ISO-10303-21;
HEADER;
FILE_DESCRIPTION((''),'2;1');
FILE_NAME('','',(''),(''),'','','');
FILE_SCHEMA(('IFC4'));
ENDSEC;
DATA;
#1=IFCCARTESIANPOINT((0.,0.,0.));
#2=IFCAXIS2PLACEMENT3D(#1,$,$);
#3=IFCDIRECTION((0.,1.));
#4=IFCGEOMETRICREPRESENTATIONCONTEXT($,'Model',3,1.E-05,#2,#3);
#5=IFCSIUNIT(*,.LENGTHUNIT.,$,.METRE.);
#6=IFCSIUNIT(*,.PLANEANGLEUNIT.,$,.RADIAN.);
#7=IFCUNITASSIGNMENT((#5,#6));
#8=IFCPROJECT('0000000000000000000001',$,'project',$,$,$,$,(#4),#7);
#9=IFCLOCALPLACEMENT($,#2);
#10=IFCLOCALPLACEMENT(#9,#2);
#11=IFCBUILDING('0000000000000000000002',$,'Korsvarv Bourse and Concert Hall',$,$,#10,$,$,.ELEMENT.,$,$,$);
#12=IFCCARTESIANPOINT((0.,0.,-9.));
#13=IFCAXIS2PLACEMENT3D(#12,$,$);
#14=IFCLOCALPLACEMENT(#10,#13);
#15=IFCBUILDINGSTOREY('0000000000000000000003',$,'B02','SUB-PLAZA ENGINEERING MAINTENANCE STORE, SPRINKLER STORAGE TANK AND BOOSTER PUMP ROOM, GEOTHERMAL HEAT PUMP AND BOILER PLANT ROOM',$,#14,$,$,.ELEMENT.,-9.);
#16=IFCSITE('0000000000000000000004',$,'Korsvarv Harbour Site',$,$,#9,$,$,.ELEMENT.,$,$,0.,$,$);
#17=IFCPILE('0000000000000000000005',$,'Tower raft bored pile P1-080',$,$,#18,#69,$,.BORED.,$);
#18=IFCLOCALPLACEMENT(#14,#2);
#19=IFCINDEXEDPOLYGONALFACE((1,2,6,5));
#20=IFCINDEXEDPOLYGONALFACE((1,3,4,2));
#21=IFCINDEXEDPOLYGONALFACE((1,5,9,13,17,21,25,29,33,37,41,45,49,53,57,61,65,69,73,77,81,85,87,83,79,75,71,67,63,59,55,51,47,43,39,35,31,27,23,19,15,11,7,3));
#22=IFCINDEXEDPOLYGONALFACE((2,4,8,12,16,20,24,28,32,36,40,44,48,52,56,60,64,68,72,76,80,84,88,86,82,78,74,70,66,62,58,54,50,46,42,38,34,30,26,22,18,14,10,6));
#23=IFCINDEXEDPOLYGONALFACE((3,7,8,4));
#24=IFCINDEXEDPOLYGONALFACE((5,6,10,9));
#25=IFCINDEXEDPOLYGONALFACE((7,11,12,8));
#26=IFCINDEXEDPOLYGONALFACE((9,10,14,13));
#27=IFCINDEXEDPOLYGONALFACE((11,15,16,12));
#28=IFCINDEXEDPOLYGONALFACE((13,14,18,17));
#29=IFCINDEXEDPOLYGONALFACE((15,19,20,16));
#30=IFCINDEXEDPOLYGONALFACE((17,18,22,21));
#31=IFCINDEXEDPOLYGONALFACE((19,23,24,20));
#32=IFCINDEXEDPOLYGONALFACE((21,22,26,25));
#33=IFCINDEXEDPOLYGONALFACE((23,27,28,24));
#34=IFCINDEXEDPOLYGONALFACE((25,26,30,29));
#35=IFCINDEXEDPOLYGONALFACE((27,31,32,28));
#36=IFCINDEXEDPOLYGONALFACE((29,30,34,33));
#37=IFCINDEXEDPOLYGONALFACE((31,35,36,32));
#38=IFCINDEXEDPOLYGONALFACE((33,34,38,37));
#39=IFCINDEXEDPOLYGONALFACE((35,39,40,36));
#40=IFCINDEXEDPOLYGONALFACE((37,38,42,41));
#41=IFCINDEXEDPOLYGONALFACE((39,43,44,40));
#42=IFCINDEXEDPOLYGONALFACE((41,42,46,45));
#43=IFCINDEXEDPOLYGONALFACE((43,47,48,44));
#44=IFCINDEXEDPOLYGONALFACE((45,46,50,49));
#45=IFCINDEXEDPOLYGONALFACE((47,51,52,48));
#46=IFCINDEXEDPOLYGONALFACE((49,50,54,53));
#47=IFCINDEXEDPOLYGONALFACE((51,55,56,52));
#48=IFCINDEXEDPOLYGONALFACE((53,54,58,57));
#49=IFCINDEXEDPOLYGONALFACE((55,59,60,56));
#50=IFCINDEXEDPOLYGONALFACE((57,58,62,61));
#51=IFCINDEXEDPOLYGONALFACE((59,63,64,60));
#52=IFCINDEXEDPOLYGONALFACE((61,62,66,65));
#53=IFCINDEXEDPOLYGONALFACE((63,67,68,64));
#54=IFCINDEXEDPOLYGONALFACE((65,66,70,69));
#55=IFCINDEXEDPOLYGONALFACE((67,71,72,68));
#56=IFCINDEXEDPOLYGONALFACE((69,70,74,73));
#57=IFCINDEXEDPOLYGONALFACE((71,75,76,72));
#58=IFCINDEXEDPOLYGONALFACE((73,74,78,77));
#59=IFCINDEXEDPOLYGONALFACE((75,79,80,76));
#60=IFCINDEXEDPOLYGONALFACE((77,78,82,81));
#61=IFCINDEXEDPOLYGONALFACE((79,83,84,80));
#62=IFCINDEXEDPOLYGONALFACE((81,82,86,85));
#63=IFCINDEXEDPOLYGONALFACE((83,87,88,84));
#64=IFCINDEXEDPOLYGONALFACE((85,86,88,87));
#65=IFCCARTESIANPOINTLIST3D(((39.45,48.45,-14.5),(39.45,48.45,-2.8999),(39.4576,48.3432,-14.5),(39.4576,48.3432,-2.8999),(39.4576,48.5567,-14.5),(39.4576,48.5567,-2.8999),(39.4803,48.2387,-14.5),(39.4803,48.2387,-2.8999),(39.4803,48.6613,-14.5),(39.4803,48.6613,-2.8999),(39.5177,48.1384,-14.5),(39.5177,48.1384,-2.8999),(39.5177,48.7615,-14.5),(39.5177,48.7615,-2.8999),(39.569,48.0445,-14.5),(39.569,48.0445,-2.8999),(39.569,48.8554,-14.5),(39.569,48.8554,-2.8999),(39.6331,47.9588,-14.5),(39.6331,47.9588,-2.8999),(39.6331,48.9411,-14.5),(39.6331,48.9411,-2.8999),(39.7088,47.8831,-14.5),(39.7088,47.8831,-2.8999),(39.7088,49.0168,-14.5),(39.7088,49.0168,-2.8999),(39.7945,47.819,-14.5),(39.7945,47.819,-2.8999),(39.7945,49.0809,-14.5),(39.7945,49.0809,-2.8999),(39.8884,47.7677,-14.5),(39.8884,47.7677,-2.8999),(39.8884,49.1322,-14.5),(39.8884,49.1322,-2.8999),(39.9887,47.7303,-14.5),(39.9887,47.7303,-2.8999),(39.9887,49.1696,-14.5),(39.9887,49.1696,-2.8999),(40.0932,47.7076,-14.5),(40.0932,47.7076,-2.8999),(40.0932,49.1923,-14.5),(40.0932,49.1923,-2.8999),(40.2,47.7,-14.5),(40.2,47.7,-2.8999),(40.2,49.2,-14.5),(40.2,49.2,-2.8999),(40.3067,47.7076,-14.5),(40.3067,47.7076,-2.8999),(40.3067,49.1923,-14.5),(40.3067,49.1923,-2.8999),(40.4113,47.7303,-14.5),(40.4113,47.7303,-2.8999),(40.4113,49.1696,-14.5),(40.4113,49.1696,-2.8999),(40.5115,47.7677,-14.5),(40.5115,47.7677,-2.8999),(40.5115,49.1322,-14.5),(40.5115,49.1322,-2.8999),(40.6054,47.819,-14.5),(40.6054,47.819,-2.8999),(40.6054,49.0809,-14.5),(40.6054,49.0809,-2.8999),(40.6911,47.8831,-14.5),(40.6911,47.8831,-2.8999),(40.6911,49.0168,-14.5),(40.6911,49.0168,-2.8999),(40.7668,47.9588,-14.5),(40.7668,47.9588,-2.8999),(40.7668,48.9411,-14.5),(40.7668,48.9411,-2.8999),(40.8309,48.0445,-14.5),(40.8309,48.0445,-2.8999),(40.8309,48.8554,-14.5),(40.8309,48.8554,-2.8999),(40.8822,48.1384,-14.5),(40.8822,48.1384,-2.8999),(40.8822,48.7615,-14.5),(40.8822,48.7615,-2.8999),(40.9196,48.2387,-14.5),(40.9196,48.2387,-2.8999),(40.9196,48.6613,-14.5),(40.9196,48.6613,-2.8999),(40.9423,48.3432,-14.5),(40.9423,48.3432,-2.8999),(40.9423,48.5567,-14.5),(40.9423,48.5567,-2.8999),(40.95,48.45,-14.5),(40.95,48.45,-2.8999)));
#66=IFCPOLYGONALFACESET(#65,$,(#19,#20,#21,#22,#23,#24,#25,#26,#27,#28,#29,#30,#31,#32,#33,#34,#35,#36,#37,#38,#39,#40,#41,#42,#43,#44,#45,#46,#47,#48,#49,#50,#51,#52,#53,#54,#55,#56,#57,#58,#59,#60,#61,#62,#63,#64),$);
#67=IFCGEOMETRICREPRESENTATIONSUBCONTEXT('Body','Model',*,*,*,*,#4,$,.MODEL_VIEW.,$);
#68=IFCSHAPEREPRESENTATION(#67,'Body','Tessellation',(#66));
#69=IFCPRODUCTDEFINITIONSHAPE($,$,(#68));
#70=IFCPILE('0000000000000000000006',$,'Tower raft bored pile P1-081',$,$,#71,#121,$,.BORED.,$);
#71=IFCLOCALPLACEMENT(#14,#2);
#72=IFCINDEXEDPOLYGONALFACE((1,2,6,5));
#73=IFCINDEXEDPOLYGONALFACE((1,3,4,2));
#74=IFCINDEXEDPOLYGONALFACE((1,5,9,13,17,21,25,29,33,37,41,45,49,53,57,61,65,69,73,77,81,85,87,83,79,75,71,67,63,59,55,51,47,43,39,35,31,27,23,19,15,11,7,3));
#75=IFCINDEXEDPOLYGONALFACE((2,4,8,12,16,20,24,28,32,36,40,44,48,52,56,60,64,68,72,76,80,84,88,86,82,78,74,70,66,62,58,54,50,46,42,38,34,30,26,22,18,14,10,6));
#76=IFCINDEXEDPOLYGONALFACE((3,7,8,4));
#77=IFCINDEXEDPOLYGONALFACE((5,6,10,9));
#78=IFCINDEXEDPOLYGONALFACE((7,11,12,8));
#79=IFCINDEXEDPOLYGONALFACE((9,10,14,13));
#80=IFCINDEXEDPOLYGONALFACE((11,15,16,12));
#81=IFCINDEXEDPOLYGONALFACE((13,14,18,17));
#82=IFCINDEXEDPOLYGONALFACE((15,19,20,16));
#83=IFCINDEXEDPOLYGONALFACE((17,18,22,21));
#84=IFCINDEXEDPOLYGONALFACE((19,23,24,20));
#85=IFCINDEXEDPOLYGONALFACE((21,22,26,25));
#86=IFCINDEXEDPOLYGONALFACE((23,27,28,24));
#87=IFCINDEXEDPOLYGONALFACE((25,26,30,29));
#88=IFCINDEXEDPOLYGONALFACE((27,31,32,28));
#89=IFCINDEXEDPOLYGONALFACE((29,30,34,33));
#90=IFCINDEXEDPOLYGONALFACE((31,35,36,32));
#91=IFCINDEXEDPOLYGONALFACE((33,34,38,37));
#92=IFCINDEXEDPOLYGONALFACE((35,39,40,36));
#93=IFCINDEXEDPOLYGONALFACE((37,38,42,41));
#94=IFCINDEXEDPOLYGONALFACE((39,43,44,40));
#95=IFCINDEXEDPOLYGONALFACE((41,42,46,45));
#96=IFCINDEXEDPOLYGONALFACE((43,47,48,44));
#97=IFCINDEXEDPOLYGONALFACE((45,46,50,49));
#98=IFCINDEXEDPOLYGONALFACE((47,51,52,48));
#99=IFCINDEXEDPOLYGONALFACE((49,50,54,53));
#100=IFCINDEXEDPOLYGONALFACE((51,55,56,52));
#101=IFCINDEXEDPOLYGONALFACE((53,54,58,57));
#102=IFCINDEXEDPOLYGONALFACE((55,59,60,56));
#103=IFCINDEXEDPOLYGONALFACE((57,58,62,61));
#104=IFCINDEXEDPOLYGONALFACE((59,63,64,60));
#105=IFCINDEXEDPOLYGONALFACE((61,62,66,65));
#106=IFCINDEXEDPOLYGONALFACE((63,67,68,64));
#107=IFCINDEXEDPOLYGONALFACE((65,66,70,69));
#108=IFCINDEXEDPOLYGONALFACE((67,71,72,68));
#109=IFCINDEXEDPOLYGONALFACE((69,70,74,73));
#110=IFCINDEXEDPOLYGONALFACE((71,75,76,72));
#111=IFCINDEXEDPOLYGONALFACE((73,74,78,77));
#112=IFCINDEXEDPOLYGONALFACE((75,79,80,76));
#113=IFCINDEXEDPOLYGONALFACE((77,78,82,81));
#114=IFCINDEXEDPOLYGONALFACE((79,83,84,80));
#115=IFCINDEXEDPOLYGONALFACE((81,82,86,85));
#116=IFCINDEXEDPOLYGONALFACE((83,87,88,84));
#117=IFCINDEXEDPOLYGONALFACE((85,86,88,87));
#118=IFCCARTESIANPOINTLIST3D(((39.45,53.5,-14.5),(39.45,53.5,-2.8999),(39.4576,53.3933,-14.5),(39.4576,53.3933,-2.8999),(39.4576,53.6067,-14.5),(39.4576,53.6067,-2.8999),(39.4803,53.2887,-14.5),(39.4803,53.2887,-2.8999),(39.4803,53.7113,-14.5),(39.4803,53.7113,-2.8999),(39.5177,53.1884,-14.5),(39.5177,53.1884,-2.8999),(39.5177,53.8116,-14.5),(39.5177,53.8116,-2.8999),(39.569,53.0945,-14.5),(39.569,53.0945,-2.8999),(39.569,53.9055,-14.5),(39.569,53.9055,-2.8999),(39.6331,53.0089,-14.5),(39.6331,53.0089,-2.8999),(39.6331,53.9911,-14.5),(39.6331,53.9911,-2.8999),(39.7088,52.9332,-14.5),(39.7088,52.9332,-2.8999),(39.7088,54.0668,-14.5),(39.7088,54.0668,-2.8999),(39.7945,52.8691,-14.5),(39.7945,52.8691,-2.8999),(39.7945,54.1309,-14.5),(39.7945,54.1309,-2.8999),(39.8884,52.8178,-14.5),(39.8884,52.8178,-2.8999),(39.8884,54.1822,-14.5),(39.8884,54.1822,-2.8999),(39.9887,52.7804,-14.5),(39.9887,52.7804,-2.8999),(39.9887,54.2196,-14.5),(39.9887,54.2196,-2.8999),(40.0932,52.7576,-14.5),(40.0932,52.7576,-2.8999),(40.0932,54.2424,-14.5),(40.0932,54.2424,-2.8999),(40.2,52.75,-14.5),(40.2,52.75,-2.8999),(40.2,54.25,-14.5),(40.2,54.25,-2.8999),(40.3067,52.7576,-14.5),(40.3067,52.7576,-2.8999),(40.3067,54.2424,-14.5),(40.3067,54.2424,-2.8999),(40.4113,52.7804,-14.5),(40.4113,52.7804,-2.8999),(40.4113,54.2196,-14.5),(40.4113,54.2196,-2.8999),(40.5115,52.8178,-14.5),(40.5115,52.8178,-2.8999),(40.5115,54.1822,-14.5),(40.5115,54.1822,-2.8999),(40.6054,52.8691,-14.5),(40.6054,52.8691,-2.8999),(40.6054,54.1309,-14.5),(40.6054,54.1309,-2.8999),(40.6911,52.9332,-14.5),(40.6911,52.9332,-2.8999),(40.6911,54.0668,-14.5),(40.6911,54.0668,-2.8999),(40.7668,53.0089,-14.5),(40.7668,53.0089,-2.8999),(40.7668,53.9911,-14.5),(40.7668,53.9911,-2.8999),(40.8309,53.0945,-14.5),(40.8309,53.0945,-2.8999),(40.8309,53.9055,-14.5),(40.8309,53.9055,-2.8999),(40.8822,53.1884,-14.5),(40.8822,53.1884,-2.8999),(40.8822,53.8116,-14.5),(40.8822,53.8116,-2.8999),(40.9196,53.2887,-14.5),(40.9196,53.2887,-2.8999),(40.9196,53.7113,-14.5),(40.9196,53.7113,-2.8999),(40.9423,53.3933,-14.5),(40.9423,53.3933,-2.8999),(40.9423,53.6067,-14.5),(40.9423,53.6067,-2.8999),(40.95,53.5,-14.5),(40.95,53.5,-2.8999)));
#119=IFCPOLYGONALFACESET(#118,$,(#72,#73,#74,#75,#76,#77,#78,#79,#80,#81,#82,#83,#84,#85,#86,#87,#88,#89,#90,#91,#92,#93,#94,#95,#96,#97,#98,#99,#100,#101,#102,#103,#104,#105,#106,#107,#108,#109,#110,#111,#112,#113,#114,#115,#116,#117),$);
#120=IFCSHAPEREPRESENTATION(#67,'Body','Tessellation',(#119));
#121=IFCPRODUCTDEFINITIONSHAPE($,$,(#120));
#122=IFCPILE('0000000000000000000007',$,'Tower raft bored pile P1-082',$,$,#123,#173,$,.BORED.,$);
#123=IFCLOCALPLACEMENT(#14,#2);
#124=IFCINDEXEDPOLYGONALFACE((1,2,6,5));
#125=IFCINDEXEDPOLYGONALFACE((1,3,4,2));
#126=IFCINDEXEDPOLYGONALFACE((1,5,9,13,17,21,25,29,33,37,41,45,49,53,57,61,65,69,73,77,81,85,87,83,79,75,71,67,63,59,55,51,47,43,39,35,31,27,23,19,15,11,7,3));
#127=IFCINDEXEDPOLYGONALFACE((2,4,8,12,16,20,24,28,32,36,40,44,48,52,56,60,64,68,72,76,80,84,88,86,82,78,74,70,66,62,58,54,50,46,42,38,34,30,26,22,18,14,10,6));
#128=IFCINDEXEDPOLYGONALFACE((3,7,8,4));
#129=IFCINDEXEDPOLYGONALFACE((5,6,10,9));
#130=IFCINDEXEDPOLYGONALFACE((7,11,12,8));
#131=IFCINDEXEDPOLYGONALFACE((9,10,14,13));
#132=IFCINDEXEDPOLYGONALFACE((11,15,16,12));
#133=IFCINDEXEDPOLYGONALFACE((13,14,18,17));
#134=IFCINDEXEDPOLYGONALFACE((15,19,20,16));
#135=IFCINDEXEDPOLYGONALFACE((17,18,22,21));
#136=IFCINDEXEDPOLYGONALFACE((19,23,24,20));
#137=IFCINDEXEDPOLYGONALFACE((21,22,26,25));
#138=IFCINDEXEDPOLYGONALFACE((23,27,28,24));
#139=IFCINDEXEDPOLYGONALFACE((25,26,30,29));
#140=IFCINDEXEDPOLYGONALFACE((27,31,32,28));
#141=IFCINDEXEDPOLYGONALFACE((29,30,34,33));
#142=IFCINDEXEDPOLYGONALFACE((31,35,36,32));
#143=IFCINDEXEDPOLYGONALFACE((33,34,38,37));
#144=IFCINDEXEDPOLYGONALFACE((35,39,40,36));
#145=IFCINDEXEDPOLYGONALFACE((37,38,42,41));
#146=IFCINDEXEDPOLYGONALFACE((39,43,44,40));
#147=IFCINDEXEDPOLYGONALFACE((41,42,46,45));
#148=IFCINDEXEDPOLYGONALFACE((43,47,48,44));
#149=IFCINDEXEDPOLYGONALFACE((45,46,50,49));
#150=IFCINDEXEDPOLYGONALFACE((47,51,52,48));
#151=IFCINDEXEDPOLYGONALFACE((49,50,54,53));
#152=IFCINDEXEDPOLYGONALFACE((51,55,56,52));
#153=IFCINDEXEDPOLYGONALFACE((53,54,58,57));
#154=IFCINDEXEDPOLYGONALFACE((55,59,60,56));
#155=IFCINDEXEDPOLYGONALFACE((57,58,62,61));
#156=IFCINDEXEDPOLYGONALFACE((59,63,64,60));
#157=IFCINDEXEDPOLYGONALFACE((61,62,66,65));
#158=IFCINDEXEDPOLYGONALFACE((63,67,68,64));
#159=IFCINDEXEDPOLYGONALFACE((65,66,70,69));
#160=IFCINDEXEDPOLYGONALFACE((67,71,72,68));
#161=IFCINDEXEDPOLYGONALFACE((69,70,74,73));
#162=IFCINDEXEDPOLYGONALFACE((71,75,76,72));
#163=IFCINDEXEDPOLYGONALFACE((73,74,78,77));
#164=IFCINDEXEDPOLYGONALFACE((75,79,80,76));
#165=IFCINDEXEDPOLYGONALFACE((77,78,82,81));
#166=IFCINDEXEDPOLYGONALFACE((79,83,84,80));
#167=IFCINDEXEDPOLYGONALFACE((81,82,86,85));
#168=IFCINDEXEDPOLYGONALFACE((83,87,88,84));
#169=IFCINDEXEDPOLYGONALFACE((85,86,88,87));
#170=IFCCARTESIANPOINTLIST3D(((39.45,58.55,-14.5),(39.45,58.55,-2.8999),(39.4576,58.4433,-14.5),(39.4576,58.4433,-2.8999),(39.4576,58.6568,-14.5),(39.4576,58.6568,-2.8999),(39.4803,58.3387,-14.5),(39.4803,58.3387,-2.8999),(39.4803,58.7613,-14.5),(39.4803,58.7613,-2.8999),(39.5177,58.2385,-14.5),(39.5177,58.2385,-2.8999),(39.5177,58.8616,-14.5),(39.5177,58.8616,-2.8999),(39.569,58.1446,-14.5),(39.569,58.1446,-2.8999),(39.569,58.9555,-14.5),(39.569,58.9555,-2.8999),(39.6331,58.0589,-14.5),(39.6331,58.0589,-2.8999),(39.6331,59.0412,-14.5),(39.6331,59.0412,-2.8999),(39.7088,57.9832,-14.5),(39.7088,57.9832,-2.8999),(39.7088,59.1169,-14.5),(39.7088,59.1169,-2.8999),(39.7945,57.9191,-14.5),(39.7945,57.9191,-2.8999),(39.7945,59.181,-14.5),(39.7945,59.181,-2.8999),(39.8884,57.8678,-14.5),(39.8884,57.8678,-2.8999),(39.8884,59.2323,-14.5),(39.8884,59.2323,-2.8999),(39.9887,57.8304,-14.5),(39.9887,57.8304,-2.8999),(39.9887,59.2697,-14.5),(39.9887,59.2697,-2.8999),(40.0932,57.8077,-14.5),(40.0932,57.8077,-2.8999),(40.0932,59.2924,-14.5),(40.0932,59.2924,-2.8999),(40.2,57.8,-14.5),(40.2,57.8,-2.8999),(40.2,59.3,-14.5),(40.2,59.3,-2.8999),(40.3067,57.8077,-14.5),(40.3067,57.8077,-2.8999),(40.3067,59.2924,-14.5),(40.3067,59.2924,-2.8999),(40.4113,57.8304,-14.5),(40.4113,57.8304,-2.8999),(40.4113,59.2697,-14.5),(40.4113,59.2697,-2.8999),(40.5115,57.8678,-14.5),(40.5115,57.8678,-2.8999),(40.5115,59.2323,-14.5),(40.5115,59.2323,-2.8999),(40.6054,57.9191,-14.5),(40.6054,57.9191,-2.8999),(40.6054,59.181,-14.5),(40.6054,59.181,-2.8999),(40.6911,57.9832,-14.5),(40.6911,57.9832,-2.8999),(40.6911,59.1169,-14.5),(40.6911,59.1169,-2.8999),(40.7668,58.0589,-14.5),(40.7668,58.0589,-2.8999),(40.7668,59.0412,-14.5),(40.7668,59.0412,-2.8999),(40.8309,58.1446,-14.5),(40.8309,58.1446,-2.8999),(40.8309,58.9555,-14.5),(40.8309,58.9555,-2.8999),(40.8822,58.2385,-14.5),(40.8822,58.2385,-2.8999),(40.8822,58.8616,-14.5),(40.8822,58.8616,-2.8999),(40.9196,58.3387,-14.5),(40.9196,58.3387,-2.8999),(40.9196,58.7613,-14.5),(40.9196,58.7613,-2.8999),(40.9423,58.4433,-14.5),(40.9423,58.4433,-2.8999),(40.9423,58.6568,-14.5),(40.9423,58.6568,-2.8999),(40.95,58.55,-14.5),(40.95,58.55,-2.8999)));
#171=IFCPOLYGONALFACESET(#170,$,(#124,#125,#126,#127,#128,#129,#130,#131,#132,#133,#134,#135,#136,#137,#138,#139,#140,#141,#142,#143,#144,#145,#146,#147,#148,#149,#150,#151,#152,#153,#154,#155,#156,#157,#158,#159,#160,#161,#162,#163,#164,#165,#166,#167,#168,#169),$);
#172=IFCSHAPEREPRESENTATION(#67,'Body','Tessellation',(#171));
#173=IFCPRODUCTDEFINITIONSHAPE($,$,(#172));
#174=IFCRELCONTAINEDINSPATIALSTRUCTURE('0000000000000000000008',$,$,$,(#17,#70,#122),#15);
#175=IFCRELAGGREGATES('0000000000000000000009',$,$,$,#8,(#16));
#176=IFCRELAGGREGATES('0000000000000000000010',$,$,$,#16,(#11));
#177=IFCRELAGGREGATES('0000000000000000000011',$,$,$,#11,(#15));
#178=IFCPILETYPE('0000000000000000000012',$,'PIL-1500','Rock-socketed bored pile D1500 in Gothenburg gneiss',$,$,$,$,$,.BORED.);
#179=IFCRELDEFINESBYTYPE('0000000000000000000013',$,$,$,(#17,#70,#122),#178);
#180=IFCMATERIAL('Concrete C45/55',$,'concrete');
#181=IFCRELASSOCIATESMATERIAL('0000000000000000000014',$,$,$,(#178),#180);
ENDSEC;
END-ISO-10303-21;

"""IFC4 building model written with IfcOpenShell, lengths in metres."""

from ifc_helpers import new_model, si_unit, direction, frame, origin, origin_2d, place, context, subcontext, project, spatial, circle, extrude, source, transform, mapped, material, material_profile, profile_set, type_object, element, save


model = new_model("IFC4")

# Units and contexts
model_context = context("Model", 3, precision=1e-05, world=origin(), true_north=direction((0.0, 1.0)))
body_context = subcontext(model_context, "Body", "Model", "MODEL_VIEW")
ifc_project = project(units=[si_unit("LENGTHUNIT", "METRE"), si_unit("PLANEANGLEUNIT", "RADIAN")], contexts=[model_context])

# Site, building, storey
site_placement = place(None, origin())
site = spatial("IfcSite", under=ifc_project, at=site_placement, Name="Korsvarv Harbour Site", CompositionType="ELEMENT", RefElevation=0.0)
building_placement = place(site_placement, origin())
building = spatial("IfcBuilding", under=site, at=building_placement, Name="Korsvarv Bourse and Concert Hall", CompositionType="ELEMENT")
storey_placement = place(building_placement, frame((0.0, 0.0, -9.0)))
storey = spatial("IfcBuildingStorey", under=building, at=storey_placement, Name="B02", Description="SUB-PLAZA ENGINEERING MAINTENANCE STORE, SPRINKLER STORAGE TANK AND BOOSTER PUMP ROOM, GEOTHERMAL HEAT PUMP AND BOILER PLANT ROOM", CompositionType="ELEMENT", Elevation=-9.0)

# Piles
ifc_material_1 = material(Name="Concrete C45/55", Category="concrete")
ifc_material_profile_1 = material_profile(ifc_material_1, circle(Radius=0.75, at=origin_2d()), Name="PILE D1500")
ifc_profile_set_1 = profile_set([ifc_material_profile_1], Name="Concrete C45/55")
pile_type = type_object("IfcPileType", Name="PIL-1500", Description="Rock-socketed bored pile D1500 in Gothenburg gneiss", PredefinedType="BORED", material=ifc_profile_set_1)
shared_shape_1 = source(origin(), body_context, "Body", "SweptSolid", [
    extrude(circle(Radius=0.75, at=origin_2d()), origin(), (0.0, 0.0, 1.0), 11.6001),
])
for number, where, z_axis, x_axis, name in (
    (1, (40.2, 48.45, -2.8999), (0.0, 0.0, -1.0), (1.0, 0.0, 0.0), "Tower raft bored pile P1-080"),
    (2, (40.2, 53.5, -2.8999), (0.0, 0.0, -1.0), (1.0, 0.0, 0.0), "Tower raft bored pile P1-081"),
    (3, (40.2, 58.55, -2.8999), (0.0, 0.0, -1.0), (1.0, 0.0, 0.0), "Tower raft bored pile P1-082"),
):
    element("IfcPile", number, at=place(storey_placement, frame(where, z_axis=z_axis, x_axis=x_axis)), inside=storey, type_object=pile_type, Name=name, PredefinedType="BORED", context=body_context, shape_type="MappedRepresentation", body=[
        mapped(shared_shape_1, transform((0.0, 0.0, 0.0), scale=1.0)),
    ])

save(model, "model.ifc")
